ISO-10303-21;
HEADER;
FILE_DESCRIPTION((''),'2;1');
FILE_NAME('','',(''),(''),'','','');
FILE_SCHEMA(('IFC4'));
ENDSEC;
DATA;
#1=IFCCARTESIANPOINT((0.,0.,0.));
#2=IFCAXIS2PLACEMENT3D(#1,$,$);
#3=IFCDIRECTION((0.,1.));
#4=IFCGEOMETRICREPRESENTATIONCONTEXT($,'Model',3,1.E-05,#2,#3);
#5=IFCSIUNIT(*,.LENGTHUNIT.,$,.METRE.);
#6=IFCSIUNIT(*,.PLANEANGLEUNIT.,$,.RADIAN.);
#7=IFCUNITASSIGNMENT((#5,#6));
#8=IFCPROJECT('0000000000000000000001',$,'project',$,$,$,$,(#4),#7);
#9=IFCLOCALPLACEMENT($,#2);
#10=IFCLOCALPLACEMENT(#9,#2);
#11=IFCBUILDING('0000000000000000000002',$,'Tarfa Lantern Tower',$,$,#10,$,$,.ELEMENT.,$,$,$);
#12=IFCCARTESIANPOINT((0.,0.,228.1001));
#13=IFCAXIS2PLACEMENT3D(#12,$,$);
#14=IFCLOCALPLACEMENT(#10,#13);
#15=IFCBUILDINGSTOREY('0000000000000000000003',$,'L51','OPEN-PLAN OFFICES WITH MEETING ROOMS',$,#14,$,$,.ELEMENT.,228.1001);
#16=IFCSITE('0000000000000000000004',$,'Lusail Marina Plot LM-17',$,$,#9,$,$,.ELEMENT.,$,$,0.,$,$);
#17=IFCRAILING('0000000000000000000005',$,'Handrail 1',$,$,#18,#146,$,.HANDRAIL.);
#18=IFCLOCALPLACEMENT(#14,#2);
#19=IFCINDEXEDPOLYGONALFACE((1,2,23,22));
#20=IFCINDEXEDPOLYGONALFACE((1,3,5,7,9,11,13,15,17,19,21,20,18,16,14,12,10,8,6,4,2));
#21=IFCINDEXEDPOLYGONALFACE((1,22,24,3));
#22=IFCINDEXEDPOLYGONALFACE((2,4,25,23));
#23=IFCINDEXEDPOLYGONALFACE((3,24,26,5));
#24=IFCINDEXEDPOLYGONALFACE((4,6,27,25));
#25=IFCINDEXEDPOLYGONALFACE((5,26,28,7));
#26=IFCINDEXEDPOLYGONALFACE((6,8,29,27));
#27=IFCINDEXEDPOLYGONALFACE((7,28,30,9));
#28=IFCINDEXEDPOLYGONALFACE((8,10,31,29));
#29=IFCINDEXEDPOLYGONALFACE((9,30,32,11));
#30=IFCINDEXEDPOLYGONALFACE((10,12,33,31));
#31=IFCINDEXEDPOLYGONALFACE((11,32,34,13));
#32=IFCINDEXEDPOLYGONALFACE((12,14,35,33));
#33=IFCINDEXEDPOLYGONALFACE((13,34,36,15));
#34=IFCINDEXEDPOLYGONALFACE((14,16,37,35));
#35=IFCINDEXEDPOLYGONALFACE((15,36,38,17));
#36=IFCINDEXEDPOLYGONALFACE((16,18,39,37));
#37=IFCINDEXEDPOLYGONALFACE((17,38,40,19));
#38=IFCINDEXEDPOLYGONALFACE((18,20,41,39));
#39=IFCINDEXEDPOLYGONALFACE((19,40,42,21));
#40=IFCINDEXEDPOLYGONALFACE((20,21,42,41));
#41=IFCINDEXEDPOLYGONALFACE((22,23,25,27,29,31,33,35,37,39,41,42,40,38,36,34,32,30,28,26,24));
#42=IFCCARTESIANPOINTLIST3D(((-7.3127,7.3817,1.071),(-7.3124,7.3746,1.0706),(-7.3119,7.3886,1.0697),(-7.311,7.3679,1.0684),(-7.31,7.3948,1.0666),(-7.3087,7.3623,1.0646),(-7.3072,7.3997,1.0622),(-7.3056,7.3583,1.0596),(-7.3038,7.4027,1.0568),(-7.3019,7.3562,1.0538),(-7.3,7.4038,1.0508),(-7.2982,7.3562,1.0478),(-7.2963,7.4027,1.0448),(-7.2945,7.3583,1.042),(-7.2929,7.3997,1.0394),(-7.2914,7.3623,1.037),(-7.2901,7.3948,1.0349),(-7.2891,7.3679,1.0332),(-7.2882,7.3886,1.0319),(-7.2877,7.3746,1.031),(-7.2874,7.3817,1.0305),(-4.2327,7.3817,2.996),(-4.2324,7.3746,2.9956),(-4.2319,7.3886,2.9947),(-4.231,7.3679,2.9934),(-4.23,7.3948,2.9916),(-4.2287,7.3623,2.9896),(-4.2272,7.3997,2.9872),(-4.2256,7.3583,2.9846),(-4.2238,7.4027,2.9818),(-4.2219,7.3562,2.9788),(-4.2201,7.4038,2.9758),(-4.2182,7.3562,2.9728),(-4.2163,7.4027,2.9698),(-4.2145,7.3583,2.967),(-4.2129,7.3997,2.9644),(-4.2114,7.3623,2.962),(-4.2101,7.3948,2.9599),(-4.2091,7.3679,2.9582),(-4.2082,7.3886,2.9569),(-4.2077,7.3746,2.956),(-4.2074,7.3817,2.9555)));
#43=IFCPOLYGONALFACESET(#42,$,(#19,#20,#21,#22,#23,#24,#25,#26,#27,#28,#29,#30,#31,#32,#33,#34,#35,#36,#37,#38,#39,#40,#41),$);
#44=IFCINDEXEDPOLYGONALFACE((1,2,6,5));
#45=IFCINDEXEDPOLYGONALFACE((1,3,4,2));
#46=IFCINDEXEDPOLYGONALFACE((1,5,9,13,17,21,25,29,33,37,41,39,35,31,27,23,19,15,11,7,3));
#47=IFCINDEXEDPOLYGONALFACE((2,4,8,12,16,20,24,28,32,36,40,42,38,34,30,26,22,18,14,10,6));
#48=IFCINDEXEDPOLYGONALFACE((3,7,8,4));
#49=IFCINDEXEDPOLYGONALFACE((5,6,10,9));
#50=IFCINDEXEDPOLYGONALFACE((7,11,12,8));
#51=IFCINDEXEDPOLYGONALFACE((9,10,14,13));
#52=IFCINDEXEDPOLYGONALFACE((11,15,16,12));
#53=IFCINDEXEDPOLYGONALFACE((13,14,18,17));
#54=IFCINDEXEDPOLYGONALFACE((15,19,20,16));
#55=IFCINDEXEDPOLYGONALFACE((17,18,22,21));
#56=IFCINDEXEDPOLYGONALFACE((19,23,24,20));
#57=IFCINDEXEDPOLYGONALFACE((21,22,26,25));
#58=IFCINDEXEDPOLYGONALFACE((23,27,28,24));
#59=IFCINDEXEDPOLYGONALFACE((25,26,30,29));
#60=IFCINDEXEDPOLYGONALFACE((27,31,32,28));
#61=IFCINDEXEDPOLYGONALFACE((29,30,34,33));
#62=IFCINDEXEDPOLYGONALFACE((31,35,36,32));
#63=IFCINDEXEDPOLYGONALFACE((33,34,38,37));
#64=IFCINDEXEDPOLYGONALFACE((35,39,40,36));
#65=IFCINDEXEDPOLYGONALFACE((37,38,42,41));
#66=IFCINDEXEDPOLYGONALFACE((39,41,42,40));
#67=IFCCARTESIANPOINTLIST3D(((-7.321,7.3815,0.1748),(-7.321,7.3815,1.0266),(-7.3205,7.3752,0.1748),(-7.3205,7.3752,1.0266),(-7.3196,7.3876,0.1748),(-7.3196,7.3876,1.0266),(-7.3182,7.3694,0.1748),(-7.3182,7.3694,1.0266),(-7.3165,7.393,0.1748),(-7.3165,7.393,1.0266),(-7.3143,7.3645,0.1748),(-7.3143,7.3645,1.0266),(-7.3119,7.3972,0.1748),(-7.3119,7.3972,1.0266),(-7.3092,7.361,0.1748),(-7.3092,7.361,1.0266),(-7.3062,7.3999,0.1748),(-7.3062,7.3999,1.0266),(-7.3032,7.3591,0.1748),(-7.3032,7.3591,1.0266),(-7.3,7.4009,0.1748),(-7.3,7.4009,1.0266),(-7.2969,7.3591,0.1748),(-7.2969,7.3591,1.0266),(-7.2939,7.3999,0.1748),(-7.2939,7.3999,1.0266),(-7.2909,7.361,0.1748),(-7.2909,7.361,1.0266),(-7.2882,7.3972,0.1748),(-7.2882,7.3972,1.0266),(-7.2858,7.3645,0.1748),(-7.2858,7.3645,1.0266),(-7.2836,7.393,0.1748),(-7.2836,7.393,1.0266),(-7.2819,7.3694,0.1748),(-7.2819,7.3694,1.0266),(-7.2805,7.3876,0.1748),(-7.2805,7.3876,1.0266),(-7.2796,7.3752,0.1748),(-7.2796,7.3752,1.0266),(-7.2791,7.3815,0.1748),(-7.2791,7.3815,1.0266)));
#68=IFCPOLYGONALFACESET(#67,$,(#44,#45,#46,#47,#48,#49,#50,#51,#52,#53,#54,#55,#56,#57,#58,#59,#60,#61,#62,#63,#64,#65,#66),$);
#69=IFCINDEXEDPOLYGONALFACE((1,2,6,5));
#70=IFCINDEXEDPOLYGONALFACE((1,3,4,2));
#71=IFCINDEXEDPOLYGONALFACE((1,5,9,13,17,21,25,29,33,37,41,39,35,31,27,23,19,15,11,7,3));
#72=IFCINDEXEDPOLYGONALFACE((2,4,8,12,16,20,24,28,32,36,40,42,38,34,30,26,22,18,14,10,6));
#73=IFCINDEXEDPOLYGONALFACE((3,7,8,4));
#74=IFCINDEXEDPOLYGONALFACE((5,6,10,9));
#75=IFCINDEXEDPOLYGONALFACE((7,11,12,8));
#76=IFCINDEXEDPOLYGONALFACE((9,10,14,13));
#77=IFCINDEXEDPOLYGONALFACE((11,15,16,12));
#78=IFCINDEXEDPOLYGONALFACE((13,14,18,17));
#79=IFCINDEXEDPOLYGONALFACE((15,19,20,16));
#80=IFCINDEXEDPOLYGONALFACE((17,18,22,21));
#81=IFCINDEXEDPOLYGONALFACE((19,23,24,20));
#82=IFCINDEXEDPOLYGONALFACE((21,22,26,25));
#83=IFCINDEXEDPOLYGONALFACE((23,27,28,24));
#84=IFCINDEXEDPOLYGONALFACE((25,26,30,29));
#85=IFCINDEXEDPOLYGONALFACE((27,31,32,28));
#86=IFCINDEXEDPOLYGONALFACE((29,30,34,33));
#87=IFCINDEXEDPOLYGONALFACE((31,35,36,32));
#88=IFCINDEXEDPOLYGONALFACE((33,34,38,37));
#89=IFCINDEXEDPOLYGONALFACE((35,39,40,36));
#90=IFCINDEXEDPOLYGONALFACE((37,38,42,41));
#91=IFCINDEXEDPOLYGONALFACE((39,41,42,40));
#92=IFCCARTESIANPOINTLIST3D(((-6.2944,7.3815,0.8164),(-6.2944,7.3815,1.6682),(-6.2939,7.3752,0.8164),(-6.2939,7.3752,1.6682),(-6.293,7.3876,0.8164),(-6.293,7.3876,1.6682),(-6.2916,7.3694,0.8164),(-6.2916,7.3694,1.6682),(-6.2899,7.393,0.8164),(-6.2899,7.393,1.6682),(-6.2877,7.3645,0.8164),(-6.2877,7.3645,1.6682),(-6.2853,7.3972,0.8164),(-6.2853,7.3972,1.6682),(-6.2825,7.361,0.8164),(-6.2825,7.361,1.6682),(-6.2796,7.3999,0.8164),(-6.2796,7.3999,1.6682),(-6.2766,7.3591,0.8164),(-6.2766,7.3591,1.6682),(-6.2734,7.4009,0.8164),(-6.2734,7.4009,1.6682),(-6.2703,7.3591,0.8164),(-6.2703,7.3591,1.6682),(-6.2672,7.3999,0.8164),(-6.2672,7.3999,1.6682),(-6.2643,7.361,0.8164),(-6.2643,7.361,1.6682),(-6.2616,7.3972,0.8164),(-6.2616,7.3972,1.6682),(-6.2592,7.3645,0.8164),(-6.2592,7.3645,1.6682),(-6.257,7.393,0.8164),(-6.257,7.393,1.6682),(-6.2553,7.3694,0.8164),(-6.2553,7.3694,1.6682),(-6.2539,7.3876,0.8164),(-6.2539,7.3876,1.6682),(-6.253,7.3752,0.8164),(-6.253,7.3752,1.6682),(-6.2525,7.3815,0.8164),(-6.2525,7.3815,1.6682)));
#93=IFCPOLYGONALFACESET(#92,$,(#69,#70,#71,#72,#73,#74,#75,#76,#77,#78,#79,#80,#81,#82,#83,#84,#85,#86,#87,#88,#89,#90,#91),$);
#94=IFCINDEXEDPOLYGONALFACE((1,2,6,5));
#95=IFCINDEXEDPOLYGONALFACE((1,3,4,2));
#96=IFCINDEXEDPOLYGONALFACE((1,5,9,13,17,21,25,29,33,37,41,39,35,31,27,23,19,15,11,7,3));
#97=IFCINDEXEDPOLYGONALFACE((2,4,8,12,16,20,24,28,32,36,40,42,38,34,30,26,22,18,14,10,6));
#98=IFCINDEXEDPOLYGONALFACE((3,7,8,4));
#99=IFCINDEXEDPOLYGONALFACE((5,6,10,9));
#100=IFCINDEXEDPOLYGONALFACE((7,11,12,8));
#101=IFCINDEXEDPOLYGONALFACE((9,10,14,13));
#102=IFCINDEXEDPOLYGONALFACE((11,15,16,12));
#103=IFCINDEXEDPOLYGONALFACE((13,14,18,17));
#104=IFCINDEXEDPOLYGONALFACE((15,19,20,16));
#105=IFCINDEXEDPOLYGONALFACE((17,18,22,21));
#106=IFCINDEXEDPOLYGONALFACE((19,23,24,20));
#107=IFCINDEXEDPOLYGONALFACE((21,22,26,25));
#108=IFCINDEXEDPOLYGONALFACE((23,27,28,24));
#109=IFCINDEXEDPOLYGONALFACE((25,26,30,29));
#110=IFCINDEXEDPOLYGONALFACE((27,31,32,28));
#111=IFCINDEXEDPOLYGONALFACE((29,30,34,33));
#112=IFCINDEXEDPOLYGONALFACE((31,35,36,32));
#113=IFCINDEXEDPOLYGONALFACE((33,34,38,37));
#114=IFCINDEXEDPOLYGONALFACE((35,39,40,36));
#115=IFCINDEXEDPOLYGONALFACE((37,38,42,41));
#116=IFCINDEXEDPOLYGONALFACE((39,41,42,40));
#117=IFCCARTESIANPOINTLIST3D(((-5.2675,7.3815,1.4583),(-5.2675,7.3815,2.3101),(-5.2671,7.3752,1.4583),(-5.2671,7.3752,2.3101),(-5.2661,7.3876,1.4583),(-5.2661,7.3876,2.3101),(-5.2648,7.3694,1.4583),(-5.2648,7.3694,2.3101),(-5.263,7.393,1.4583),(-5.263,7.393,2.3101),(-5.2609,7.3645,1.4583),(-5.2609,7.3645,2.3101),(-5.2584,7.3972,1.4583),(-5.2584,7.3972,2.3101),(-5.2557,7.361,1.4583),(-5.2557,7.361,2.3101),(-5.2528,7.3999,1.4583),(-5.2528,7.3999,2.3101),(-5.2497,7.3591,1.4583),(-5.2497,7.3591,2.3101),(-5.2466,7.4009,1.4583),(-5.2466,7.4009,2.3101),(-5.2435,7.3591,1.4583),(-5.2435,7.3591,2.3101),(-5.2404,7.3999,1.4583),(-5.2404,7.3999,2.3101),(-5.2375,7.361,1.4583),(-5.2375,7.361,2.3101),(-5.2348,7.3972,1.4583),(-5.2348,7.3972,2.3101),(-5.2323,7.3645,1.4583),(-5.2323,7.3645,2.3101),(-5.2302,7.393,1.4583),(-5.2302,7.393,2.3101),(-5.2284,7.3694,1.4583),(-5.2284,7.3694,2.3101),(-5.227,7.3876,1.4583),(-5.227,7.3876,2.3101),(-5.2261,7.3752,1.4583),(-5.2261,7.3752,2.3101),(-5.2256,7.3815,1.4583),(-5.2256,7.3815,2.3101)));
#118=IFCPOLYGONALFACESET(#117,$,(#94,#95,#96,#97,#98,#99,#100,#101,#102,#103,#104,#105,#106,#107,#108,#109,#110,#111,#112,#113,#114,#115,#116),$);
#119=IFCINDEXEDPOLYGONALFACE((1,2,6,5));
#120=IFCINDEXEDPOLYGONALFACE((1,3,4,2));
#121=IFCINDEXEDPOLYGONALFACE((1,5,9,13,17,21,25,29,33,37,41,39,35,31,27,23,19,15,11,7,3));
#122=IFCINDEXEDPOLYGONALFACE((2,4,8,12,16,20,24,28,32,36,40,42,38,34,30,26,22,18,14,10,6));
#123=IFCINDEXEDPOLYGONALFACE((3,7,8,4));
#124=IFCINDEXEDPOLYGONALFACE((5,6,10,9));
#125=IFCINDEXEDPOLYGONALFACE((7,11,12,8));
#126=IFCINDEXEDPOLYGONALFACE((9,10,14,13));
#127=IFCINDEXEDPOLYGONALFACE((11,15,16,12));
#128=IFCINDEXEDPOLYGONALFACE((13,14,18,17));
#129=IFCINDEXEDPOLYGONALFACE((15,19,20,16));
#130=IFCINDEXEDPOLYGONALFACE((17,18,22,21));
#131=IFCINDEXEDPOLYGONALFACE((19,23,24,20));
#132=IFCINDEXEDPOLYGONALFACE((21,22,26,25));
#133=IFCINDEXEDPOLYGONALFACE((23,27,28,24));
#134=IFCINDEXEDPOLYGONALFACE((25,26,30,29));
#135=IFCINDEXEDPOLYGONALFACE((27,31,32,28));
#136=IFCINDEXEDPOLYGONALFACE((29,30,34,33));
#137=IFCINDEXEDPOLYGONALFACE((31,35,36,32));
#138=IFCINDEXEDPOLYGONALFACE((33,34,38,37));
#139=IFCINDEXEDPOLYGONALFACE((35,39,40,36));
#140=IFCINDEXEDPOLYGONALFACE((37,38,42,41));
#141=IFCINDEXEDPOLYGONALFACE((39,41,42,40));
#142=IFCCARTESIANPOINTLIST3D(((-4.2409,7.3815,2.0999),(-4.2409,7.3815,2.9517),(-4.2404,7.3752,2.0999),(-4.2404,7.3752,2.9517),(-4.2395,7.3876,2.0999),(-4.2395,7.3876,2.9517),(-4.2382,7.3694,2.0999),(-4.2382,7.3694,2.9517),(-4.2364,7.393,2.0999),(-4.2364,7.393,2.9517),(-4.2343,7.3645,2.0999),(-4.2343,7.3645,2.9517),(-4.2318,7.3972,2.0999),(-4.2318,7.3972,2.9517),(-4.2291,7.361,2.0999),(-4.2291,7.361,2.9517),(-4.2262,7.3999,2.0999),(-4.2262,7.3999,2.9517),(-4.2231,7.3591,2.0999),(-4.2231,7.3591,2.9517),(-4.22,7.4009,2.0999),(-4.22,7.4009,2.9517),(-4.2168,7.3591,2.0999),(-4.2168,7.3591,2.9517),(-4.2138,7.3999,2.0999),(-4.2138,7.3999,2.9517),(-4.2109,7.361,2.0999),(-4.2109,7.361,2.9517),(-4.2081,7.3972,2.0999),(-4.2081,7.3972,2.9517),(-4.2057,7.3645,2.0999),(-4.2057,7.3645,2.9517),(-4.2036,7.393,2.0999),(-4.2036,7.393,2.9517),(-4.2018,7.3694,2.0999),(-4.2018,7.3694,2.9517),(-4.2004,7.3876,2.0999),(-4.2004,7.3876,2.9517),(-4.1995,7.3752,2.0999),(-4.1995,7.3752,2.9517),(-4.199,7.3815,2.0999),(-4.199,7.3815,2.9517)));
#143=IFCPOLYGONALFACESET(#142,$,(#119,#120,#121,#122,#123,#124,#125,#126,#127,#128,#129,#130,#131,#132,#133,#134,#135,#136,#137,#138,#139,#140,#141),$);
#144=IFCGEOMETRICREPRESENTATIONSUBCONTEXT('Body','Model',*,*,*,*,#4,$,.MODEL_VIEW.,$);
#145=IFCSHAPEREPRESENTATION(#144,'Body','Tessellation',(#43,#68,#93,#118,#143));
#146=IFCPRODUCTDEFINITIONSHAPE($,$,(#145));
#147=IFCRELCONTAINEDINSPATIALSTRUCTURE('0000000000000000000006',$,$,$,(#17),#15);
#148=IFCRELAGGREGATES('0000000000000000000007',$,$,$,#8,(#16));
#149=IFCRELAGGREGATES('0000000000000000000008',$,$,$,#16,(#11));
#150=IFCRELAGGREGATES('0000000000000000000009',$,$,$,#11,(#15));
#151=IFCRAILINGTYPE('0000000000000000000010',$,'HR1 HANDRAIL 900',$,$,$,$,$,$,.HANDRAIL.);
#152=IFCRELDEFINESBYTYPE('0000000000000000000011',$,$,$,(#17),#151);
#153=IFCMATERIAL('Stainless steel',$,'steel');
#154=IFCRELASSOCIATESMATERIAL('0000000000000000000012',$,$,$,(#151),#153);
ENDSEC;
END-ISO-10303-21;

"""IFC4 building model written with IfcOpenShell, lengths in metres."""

from ifc_helpers import new_model, si_unit, direction, frame, origin, origin_2d, place, context, subcontext, project, spatial, circle, extrude, material, type_object, element, save


model = new_model("IFC4")

# Units and contexts
model_context = context("Model", 3, precision=1e-05, world=origin(), true_north=direction((0.0, 1.0)))
body_context = subcontext(model_context, "Body", "Model", "MODEL_VIEW")
ifc_project = project(units=[si_unit("LENGTHUNIT", "METRE"), si_unit("PLANEANGLEUNIT", "RADIAN")], contexts=[model_context])

# Site, building, storey
site_placement = place(None, origin())
site = spatial("IfcSite", under=ifc_project, at=site_placement, Name="Lusail Marina Plot LM-17", CompositionType="ELEMENT", RefElevation=0.0)
building_placement = place(site_placement, origin())
building = spatial("IfcBuilding", under=site, at=building_placement, Name="Tarfa Lantern Tower", CompositionType="ELEMENT")
storey_placement = place(building_placement, frame((0.0, 0.0, 228.1001)))
storey = spatial("IfcBuildingStorey", under=building, at=storey_placement, Name="L51", Description="OPEN-PLAN OFFICES WITH MEETING ROOMS", CompositionType="ELEMENT", Elevation=228.1001)

# Railing
ifc_material_1 = material(Name="Stainless steel", Category="steel")
railing_type = type_object("IfcRailingType", Name="HR1 HANDRAIL 900", PredefinedType="HANDRAIL", material=ifc_material_1)
railing_1_placement = place(storey_placement, frame((-7.3, 7.3799, 0.1748)))
element("IfcRailing", 1, at=railing_1_placement, inside=storey, type_object=railing_type, Name="Handrail 1", PredefinedType="HANDRAIL", context=body_context, shape_type="SweptSolid", body=[
    extrude(circle(Radius=0.0239, at=origin_2d()), frame((0.0, 0.0, 0.876), z_axis=(0.847998, 0.0, 0.529999), x_axis=(0.0, 1.0, 0.0)), (0.0, 0.0, 1.0), 3.6321),
    extrude(circle(Radius=0.021, at=origin_2d()), frame((0.0, 0.0, 0.0), z_axis=(0.0, 0.0, 1.0), x_axis=(0.0, 1.0, 0.0)), (0.0, 0.0, 1.0), 0.8518),
    extrude(circle(Radius=0.021, at=origin_2d()), frame((1.0266, 0.0, 0.6416), z_axis=(0.0, 0.0, 1.0), x_axis=(0.0, 1.0, 0.0)), (0.0, 0.0, 1.0), 0.8518),
    extrude(circle(Radius=0.021, at=origin_2d()), frame((2.0535, 0.0, 1.2834), z_axis=(0.0, 0.0, 1.0), x_axis=(0.0, 1.0, 0.0)), (0.0, 0.0, 1.0), 0.8518),
    extrude(circle(Radius=0.021, at=origin_2d()), frame((3.0801, 0.0, 1.925), z_axis=(0.0, 0.0, 1.0), x_axis=(0.0, 1.0, 0.0)), (0.0, 0.0, 1.0), 0.8518),
])

save(model, "model.ifc")
